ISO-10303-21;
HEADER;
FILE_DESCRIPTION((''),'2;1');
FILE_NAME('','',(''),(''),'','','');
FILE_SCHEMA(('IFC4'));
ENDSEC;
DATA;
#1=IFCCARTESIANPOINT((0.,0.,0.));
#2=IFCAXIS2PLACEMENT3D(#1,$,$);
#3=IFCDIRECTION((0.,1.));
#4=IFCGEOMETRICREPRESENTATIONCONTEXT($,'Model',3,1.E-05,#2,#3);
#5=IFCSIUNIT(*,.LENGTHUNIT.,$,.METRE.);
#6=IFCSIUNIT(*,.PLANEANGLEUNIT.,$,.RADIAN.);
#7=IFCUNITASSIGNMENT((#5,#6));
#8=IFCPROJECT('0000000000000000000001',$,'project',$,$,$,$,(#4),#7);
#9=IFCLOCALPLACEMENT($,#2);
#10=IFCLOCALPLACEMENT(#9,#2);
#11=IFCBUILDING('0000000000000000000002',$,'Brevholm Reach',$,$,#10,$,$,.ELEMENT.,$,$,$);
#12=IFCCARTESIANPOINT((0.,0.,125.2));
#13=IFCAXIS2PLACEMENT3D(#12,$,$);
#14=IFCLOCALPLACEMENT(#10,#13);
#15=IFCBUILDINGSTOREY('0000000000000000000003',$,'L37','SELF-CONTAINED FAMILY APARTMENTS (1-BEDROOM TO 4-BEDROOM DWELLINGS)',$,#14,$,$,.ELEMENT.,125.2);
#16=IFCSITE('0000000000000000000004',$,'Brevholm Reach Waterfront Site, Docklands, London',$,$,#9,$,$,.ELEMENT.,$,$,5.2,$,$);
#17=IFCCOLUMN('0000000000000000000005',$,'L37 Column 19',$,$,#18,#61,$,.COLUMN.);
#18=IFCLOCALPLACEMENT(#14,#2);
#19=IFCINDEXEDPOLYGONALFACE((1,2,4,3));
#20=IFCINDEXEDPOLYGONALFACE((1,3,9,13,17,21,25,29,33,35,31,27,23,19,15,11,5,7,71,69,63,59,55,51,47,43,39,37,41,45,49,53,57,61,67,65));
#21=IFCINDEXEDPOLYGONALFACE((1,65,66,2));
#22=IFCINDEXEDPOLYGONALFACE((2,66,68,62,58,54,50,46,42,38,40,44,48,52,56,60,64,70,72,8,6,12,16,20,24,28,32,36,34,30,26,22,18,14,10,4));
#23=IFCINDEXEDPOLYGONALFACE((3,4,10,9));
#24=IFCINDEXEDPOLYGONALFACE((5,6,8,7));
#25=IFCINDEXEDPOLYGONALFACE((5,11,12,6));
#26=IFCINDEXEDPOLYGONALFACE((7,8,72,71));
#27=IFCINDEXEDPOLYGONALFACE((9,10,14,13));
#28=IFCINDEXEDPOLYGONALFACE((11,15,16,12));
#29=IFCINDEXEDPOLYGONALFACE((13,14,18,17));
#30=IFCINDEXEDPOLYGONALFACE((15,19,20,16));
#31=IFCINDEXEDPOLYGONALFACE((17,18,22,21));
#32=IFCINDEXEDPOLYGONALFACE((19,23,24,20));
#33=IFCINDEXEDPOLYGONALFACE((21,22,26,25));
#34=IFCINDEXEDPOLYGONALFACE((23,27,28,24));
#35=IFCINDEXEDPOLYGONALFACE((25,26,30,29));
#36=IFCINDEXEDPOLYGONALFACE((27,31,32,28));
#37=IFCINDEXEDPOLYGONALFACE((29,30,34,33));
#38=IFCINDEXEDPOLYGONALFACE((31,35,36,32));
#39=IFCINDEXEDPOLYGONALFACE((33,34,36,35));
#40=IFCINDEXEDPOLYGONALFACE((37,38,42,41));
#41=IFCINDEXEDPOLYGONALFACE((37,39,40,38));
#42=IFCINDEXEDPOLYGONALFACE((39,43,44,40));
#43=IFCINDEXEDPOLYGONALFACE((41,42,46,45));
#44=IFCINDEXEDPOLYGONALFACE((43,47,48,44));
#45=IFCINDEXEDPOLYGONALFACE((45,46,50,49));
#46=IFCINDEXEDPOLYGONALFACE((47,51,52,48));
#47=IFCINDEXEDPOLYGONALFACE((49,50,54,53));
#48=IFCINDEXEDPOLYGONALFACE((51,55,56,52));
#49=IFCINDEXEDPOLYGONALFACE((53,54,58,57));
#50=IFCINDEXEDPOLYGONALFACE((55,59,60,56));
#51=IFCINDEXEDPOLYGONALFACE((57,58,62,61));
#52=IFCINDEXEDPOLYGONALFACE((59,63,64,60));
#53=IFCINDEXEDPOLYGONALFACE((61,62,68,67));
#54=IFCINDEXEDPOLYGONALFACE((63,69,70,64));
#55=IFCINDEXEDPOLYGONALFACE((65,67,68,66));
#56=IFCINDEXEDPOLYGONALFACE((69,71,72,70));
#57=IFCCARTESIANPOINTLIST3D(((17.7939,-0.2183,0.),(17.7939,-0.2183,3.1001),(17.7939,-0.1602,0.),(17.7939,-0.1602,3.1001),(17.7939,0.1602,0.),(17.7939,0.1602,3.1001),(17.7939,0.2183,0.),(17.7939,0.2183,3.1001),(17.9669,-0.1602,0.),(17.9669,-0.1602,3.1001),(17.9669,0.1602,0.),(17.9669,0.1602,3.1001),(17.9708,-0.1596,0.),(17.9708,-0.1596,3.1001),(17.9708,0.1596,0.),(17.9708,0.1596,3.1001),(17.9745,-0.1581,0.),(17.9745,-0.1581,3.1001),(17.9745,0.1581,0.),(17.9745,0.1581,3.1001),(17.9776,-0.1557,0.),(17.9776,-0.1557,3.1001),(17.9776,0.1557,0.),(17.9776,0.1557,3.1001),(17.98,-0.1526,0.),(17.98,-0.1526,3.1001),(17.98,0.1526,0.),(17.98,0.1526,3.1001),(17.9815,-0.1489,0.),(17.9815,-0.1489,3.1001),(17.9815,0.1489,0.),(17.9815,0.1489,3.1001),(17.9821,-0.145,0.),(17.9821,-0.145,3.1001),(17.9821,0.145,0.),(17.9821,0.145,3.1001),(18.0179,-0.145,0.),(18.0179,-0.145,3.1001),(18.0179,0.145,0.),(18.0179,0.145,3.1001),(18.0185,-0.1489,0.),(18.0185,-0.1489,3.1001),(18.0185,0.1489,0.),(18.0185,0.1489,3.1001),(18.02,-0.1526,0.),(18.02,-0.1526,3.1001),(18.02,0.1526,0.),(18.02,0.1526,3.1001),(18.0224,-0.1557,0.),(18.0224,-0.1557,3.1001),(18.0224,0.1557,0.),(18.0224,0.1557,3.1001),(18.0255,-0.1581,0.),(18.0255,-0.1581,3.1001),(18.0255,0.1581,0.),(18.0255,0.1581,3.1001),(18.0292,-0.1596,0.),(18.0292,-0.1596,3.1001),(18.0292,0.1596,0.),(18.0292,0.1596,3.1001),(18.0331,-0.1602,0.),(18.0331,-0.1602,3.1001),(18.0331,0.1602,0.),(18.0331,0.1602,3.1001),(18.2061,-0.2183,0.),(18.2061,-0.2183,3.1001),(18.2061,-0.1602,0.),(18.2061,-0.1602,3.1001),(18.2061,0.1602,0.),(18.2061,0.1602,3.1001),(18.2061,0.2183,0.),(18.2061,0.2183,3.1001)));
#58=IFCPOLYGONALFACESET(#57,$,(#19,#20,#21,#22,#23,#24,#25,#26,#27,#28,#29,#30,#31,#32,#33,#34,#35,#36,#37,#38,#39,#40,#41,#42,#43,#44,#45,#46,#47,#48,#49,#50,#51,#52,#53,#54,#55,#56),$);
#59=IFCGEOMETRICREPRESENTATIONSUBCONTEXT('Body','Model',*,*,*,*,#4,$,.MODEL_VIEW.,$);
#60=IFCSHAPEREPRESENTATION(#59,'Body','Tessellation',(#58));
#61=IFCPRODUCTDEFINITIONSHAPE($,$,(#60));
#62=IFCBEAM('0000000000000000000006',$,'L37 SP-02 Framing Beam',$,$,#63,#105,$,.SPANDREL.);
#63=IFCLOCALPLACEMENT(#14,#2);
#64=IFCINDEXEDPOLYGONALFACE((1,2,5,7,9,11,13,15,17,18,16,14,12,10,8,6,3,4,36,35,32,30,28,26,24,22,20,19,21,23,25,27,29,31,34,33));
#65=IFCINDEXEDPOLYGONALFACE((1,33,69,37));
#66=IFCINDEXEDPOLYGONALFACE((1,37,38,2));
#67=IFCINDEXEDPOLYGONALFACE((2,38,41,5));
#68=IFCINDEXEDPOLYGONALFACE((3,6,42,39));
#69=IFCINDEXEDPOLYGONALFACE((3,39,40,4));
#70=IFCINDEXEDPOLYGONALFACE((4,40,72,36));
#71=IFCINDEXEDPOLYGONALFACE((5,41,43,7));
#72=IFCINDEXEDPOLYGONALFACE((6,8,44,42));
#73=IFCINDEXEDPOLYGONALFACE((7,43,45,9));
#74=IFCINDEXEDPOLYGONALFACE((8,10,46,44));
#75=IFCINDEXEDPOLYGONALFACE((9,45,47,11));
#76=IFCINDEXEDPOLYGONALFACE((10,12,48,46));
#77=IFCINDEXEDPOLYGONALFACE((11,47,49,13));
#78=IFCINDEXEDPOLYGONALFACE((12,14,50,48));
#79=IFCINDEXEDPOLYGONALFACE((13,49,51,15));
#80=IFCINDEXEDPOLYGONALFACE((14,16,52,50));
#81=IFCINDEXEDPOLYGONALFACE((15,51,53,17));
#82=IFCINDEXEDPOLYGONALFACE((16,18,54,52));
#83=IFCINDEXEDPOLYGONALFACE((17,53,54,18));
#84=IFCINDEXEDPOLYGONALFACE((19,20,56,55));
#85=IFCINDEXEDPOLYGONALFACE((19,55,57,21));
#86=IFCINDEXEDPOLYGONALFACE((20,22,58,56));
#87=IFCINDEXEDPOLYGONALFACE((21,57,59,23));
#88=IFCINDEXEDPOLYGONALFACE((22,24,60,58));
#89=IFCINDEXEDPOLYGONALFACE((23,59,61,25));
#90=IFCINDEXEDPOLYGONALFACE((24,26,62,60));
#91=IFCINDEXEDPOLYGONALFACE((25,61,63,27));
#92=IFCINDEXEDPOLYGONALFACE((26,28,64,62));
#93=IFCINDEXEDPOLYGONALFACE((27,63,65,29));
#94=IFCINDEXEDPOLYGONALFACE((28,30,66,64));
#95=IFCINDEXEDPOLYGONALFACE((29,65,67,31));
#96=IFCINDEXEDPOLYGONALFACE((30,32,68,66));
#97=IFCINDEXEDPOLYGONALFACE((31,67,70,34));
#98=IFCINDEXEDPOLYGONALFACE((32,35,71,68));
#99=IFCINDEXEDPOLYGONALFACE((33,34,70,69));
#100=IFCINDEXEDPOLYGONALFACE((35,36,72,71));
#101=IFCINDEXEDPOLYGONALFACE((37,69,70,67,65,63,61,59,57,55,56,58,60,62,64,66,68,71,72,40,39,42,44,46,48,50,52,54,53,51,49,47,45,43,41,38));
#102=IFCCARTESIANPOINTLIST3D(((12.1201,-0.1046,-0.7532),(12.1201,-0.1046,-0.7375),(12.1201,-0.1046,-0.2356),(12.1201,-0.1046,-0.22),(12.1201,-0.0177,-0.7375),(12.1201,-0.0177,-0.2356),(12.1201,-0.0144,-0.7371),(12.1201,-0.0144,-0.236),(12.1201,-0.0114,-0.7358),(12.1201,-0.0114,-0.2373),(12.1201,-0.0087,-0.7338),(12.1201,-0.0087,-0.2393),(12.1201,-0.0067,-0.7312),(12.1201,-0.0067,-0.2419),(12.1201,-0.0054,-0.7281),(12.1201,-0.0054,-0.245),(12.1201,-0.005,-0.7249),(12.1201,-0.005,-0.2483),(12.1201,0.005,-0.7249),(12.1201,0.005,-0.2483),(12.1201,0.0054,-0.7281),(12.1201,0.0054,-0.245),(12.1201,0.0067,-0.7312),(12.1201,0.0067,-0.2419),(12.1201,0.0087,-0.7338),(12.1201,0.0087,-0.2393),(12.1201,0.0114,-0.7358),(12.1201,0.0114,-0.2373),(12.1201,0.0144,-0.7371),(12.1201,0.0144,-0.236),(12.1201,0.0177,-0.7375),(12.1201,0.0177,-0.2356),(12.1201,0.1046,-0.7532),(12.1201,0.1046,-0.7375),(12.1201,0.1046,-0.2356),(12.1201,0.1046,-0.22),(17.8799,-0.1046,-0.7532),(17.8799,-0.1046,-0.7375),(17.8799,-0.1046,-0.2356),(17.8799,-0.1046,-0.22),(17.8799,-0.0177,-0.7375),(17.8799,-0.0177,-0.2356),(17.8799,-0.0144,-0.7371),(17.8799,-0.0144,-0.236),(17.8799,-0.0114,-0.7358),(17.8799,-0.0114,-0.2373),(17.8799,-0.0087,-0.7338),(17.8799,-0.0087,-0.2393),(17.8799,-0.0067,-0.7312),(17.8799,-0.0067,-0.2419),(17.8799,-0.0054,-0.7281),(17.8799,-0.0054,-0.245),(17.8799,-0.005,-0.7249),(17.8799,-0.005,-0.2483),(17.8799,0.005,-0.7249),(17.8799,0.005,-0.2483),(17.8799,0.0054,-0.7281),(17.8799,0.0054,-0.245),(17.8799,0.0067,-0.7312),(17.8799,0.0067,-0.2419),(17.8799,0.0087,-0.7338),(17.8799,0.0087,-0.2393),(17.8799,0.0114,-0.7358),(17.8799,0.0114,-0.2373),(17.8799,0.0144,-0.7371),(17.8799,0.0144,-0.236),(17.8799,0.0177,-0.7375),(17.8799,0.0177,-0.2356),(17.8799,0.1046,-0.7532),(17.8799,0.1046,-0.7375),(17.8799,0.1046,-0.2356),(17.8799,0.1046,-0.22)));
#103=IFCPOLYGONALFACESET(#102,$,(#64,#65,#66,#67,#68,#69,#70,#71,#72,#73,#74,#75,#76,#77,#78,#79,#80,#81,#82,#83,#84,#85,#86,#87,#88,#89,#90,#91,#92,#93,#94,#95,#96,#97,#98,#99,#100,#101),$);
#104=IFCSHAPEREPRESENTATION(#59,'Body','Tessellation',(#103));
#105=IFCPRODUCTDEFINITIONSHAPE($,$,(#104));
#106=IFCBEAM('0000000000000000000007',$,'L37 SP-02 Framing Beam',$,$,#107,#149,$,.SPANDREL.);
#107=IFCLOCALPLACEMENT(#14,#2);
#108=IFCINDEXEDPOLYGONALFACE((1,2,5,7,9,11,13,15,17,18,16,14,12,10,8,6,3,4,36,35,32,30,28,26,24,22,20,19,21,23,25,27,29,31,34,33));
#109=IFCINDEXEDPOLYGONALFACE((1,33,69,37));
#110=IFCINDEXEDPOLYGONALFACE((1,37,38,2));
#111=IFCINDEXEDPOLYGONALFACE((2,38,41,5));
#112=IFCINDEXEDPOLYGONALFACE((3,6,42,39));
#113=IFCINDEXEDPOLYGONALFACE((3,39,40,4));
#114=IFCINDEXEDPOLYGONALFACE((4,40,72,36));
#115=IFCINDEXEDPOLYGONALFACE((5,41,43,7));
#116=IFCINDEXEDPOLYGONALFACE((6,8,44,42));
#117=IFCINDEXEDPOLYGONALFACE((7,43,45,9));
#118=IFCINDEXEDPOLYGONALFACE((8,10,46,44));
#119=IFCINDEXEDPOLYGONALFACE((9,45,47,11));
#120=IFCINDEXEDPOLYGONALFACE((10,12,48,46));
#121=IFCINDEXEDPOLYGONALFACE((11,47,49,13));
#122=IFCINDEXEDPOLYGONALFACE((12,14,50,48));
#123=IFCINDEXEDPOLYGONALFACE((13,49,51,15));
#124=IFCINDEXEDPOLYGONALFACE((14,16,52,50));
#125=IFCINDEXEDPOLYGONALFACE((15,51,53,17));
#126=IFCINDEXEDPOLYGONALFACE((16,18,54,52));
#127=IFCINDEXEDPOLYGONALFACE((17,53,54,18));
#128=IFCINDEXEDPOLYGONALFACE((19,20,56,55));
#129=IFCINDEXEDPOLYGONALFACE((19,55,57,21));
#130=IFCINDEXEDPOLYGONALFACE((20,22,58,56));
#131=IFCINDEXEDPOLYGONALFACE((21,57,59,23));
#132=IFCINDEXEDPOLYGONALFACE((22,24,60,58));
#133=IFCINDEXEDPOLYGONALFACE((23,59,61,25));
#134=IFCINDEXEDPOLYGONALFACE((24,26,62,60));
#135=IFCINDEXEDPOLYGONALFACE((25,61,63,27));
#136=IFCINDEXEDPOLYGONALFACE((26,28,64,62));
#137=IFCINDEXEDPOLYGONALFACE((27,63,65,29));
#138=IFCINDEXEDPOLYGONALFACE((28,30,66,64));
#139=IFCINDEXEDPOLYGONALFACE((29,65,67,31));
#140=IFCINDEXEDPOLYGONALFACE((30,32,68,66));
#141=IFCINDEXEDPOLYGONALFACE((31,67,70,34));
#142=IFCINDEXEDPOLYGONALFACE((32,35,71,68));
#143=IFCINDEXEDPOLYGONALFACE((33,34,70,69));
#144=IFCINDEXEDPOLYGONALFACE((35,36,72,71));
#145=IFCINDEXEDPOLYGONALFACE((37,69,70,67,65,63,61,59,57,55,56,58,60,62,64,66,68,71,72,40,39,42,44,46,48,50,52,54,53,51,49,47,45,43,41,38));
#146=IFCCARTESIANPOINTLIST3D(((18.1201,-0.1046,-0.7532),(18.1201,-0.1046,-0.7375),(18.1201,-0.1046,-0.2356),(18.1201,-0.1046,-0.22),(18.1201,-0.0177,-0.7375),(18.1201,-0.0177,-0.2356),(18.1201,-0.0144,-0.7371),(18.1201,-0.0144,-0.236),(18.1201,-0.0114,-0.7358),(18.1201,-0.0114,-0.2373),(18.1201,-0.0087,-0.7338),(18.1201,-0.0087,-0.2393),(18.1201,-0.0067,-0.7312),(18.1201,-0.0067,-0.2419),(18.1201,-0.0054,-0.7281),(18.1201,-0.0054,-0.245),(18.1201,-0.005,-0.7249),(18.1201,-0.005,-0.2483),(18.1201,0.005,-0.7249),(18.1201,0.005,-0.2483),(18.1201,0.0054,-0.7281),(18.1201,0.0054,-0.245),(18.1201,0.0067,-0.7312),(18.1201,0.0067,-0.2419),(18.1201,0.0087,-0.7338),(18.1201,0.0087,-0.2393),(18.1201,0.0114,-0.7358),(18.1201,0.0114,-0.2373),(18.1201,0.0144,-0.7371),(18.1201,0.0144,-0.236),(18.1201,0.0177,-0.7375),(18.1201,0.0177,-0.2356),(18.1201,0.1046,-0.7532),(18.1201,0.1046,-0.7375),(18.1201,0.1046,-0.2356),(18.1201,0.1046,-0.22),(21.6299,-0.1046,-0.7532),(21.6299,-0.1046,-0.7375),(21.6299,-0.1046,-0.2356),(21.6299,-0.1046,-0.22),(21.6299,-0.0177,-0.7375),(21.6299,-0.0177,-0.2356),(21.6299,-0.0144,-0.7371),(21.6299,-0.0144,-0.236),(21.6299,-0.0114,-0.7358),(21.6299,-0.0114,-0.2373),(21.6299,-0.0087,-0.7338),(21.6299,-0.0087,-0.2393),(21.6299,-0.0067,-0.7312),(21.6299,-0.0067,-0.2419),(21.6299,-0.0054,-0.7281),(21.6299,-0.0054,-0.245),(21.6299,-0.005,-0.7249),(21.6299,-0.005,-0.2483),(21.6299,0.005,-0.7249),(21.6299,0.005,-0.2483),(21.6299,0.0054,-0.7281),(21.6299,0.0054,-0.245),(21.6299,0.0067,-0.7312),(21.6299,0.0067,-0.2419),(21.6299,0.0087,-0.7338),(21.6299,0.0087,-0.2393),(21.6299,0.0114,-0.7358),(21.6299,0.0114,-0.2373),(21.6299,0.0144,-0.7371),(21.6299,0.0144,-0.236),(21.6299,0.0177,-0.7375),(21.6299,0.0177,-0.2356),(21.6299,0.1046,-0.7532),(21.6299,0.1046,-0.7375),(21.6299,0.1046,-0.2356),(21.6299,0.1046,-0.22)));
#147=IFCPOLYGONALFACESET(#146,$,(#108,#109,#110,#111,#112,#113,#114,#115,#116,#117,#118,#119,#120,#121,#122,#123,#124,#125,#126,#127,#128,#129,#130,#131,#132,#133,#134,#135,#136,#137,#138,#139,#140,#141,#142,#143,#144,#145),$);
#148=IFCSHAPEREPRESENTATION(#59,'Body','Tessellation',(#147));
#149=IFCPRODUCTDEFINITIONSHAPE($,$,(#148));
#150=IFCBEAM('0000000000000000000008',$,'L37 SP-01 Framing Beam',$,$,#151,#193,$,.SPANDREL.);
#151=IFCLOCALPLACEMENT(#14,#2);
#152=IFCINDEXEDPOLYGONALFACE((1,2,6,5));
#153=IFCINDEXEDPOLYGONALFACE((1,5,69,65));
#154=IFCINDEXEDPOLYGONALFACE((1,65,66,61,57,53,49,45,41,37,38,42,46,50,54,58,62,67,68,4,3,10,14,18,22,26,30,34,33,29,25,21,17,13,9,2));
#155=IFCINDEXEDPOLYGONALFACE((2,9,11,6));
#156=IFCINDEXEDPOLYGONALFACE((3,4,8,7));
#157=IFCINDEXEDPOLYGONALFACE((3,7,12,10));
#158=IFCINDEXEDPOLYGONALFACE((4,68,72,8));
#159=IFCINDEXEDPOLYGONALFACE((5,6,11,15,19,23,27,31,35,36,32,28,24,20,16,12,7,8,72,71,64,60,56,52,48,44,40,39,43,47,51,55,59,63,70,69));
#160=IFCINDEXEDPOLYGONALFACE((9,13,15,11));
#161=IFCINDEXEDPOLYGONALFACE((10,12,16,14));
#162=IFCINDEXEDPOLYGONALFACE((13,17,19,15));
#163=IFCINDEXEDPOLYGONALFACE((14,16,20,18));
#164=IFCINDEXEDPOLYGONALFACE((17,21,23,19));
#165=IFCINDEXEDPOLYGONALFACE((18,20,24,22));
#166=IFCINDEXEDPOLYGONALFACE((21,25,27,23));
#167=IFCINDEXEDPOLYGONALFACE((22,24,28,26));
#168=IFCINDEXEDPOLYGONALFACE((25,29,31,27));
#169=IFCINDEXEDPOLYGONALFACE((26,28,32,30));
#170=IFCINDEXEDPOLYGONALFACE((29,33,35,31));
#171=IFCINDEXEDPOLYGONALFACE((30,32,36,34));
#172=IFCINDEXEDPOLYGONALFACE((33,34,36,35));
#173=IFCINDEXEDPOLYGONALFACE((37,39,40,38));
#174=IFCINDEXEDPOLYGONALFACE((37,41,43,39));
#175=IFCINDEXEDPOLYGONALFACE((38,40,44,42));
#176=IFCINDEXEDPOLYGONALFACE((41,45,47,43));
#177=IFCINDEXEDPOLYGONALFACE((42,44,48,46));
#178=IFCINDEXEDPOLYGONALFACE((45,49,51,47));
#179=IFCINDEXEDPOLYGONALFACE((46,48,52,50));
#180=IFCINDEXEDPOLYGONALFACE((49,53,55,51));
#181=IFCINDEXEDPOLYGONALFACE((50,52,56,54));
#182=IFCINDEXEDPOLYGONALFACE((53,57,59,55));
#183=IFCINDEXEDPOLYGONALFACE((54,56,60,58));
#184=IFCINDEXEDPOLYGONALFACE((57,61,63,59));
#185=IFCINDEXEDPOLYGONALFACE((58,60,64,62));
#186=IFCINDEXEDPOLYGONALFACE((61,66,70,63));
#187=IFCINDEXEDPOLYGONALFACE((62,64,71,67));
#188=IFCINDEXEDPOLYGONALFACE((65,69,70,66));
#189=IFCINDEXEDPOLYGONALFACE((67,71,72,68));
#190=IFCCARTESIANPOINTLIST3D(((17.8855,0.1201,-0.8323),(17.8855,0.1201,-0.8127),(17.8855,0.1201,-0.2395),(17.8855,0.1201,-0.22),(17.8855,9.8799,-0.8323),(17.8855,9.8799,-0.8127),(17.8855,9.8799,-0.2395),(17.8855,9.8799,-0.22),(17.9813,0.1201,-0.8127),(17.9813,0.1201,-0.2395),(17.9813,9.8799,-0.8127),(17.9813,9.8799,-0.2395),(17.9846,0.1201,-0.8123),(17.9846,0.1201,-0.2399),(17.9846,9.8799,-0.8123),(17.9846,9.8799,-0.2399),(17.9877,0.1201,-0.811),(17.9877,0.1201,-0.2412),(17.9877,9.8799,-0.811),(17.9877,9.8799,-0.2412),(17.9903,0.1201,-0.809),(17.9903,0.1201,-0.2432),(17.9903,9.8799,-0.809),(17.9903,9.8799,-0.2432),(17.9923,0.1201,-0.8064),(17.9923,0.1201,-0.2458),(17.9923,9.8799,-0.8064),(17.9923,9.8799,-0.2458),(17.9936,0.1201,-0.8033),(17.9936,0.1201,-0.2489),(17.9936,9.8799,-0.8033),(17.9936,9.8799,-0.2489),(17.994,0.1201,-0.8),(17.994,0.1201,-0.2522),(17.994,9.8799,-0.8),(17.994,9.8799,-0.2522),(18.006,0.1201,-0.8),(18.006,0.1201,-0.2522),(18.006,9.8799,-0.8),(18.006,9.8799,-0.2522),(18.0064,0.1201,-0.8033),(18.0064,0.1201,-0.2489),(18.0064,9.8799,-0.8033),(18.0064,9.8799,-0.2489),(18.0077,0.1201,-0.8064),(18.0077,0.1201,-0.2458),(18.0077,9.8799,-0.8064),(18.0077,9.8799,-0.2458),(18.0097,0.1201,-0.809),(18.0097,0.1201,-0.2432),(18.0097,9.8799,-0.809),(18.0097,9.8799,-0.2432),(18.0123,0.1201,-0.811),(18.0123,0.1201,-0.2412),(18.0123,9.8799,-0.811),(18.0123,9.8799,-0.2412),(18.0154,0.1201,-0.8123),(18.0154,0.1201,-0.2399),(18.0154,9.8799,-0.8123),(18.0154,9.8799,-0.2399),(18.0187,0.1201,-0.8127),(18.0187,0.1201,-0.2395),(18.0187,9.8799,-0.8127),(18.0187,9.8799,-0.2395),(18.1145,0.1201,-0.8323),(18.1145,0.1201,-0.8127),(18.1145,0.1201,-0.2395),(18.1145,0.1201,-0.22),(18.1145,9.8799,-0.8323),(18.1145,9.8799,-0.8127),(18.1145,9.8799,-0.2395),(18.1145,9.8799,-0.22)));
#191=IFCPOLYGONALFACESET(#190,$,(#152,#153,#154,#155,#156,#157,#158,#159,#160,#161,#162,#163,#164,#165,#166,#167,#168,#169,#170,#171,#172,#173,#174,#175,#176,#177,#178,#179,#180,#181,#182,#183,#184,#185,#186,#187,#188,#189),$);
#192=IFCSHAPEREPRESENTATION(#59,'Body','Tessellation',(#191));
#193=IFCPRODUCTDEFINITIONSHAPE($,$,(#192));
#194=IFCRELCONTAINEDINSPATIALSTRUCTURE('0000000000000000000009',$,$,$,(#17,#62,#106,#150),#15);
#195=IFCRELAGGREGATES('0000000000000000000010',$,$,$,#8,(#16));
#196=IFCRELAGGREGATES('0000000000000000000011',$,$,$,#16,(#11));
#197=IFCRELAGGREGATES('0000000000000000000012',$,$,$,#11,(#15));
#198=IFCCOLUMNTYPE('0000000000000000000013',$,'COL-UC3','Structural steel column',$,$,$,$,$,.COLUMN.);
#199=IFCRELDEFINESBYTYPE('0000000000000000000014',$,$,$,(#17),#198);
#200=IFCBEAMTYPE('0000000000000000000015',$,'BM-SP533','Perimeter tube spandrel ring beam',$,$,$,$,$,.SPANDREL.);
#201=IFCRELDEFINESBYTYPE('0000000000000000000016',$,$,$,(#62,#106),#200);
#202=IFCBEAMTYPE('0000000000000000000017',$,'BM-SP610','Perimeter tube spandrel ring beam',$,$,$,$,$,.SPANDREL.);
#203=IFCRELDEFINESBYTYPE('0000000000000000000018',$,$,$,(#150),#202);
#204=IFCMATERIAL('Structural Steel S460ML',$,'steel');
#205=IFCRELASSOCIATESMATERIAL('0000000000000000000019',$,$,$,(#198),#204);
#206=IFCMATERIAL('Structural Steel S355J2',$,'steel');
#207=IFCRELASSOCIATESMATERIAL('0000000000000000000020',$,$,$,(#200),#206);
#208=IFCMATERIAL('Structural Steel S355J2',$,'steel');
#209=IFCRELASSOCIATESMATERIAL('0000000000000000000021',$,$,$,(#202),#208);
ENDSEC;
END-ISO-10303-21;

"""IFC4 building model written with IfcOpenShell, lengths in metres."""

from ifc_helpers import new_model, si_unit, direction, frame, origin, origin_2d, place, context, subcontext, project, spatial, i_section, extrude, material, material_profile, profile_set, type_object, element, save


model = new_model("IFC4")

# Units and contexts
model_context = context("Model", 3, precision=1e-05, world=origin(), true_north=direction((0.0, 1.0)))
body_context = subcontext(model_context, "Body", "Model", "MODEL_VIEW")
ifc_project = project(units=[si_unit("LENGTHUNIT", "METRE"), si_unit("PLANEANGLEUNIT", "RADIAN")], contexts=[model_context])

# Site, building, storey
site_placement = place(None, origin())
site = spatial("IfcSite", under=ifc_project, at=site_placement, Name="Brevholm Reach Waterfront Site, Docklands, London", CompositionType="ELEMENT", RefElevation=5.2)
building_placement = place(site_placement, origin())
building = spatial("IfcBuilding", under=site, at=building_placement, Name="Brevholm Reach", CompositionType="ELEMENT")
storey_placement = place(building_placement, frame((0.0, 0.0, 125.2)))
storey = spatial("IfcBuildingStorey", under=building, at=storey_placement, Name="L37", Description="SELF-CONTAINED FAMILY APARTMENTS (1-BEDROOM TO 4-BEDROOM DWELLINGS)", CompositionType="ELEMENT", Elevation=125.2)

# Column
ifc_material_1 = material(Name="Structural Steel S460ML", Category="steel")
ifc_material_profile_1 = material_profile(ifc_material_1, i_section(OverallWidth=0.4121, OverallDepth=0.4365, WebThickness=0.0359, FlangeThickness=0.0581, FilletRadius=0.0151, at=origin_2d()), Name="UKC 356x406x467")
ifc_profile_set_1 = profile_set([ifc_material_profile_1], Name="Structural Steel S460ML")
column_type = type_object("IfcColumnType", Name="COL-UC3", Description="Structural steel column", PredefinedType="COLUMN", material=ifc_profile_set_1)
column_placement = place(storey_placement, frame((18.0, 0.0, 0.0), z_axis=(0.0, 0.0, 1.0), x_axis=(1.0, 0.0, 0.0)))
element("IfcColumn", 1, at=column_placement, inside=storey, type_object=column_type, Name="L37 Column 19", PredefinedType="COLUMN", context=body_context, shape_type="SweptSolid", body=[
    extrude(i_section(OverallWidth=0.4121, OverallDepth=0.4365, WebThickness=0.0359, FlangeThickness=0.0581, FilletRadius=0.0151, at=origin_2d()), origin(), (0.0, 0.0, 1.0), 3.1001),
])

# Beams
ifc_material_2 = material(Name="Structural Steel S355J2", Category="steel")
ifc_material_profile_2 = material_profile(ifc_material_2, i_section(OverallWidth=0.2092, OverallDepth=0.5332, WebThickness=0.01, FlangeThickness=0.0156, FilletRadius=0.0127, at=origin_2d()), Name="UKB 533x210x92")
ifc_profile_set_2 = profile_set([ifc_material_profile_2], Name="Structural Steel S355J2")
beam_type_1 = type_object("IfcBeamType", Name="BM-SP533", Description="Perimeter tube spandrel ring beam", PredefinedType="SPANDREL", material=ifc_profile_set_2)
beam_1_placement = place(storey_placement, frame((12.1201, 0.0, -0.4866), z_axis=(1.0, 0.0, 0.0), x_axis=(0.0, 1.0, 0.0)))
element("IfcBeam", 2, at=beam_1_placement, inside=storey, type_object=beam_type_1, Name="L37 SP-02 Framing Beam", PredefinedType="SPANDREL", context=body_context, shape_type="SweptSolid", body=[
    extrude(i_section(OverallWidth=0.2092, OverallDepth=0.5332, WebThickness=0.01, FlangeThickness=0.0156, FilletRadius=0.0127, at=origin_2d()), origin(), (0.0, 0.0, 1.0), 5.7598),
])
beam_2_placement = place(storey_placement, frame((18.1201, 0.0, -0.4866), z_axis=(1.0, 0.0, 0.0), x_axis=(0.0, 1.0, 0.0)))
element("IfcBeam", 3, at=beam_2_placement, inside=storey, type_object=beam_type_1, Name="L37 SP-02 Framing Beam", PredefinedType="SPANDREL", context=body_context, shape_type="SweptSolid", body=[
    extrude(i_section(OverallWidth=0.2092, OverallDepth=0.5332, WebThickness=0.01, FlangeThickness=0.0156, FilletRadius=0.0127, at=origin_2d()), origin(), (0.0, 0.0, 1.0), 3.5098),
])
ifc_material_3 = material(Name="Structural Steel S355J2", Category="steel")
ifc_material_profile_3 = material_profile(ifc_material_3, i_section(OverallWidth=0.229, OverallDepth=0.6123, WebThickness=0.012, FlangeThickness=0.0195, FilletRadius=0.0127, at=origin_2d()), Name="UKB 610x229x125")
ifc_profile_set_3 = profile_set([ifc_material_profile_3], Name="Structural Steel S355J2")
beam_type_2 = type_object("IfcBeamType", Name="BM-SP610", Description="Perimeter tube spandrel ring beam", PredefinedType="SPANDREL", material=ifc_profile_set_3)
beam_3_placement = place(storey_placement, frame((18.0, 0.1201, -0.5261), z_axis=(0.0, 1.0, 0.0), x_axis=(-1.0, 0.0, 0.0)))
element("IfcBeam", 4, at=beam_3_placement, inside=storey, type_object=beam_type_2, Name="L37 SP-01 Framing Beam", PredefinedType="SPANDREL", context=body_context, shape_type="SweptSolid", body=[
    extrude(i_section(OverallWidth=0.229, OverallDepth=0.6123, WebThickness=0.012, FlangeThickness=0.0195, FilletRadius=0.0127, at=origin_2d()), origin(), (0.0, 0.0, 1.0), 9.7598),
])

save(model, "model.ifc")
